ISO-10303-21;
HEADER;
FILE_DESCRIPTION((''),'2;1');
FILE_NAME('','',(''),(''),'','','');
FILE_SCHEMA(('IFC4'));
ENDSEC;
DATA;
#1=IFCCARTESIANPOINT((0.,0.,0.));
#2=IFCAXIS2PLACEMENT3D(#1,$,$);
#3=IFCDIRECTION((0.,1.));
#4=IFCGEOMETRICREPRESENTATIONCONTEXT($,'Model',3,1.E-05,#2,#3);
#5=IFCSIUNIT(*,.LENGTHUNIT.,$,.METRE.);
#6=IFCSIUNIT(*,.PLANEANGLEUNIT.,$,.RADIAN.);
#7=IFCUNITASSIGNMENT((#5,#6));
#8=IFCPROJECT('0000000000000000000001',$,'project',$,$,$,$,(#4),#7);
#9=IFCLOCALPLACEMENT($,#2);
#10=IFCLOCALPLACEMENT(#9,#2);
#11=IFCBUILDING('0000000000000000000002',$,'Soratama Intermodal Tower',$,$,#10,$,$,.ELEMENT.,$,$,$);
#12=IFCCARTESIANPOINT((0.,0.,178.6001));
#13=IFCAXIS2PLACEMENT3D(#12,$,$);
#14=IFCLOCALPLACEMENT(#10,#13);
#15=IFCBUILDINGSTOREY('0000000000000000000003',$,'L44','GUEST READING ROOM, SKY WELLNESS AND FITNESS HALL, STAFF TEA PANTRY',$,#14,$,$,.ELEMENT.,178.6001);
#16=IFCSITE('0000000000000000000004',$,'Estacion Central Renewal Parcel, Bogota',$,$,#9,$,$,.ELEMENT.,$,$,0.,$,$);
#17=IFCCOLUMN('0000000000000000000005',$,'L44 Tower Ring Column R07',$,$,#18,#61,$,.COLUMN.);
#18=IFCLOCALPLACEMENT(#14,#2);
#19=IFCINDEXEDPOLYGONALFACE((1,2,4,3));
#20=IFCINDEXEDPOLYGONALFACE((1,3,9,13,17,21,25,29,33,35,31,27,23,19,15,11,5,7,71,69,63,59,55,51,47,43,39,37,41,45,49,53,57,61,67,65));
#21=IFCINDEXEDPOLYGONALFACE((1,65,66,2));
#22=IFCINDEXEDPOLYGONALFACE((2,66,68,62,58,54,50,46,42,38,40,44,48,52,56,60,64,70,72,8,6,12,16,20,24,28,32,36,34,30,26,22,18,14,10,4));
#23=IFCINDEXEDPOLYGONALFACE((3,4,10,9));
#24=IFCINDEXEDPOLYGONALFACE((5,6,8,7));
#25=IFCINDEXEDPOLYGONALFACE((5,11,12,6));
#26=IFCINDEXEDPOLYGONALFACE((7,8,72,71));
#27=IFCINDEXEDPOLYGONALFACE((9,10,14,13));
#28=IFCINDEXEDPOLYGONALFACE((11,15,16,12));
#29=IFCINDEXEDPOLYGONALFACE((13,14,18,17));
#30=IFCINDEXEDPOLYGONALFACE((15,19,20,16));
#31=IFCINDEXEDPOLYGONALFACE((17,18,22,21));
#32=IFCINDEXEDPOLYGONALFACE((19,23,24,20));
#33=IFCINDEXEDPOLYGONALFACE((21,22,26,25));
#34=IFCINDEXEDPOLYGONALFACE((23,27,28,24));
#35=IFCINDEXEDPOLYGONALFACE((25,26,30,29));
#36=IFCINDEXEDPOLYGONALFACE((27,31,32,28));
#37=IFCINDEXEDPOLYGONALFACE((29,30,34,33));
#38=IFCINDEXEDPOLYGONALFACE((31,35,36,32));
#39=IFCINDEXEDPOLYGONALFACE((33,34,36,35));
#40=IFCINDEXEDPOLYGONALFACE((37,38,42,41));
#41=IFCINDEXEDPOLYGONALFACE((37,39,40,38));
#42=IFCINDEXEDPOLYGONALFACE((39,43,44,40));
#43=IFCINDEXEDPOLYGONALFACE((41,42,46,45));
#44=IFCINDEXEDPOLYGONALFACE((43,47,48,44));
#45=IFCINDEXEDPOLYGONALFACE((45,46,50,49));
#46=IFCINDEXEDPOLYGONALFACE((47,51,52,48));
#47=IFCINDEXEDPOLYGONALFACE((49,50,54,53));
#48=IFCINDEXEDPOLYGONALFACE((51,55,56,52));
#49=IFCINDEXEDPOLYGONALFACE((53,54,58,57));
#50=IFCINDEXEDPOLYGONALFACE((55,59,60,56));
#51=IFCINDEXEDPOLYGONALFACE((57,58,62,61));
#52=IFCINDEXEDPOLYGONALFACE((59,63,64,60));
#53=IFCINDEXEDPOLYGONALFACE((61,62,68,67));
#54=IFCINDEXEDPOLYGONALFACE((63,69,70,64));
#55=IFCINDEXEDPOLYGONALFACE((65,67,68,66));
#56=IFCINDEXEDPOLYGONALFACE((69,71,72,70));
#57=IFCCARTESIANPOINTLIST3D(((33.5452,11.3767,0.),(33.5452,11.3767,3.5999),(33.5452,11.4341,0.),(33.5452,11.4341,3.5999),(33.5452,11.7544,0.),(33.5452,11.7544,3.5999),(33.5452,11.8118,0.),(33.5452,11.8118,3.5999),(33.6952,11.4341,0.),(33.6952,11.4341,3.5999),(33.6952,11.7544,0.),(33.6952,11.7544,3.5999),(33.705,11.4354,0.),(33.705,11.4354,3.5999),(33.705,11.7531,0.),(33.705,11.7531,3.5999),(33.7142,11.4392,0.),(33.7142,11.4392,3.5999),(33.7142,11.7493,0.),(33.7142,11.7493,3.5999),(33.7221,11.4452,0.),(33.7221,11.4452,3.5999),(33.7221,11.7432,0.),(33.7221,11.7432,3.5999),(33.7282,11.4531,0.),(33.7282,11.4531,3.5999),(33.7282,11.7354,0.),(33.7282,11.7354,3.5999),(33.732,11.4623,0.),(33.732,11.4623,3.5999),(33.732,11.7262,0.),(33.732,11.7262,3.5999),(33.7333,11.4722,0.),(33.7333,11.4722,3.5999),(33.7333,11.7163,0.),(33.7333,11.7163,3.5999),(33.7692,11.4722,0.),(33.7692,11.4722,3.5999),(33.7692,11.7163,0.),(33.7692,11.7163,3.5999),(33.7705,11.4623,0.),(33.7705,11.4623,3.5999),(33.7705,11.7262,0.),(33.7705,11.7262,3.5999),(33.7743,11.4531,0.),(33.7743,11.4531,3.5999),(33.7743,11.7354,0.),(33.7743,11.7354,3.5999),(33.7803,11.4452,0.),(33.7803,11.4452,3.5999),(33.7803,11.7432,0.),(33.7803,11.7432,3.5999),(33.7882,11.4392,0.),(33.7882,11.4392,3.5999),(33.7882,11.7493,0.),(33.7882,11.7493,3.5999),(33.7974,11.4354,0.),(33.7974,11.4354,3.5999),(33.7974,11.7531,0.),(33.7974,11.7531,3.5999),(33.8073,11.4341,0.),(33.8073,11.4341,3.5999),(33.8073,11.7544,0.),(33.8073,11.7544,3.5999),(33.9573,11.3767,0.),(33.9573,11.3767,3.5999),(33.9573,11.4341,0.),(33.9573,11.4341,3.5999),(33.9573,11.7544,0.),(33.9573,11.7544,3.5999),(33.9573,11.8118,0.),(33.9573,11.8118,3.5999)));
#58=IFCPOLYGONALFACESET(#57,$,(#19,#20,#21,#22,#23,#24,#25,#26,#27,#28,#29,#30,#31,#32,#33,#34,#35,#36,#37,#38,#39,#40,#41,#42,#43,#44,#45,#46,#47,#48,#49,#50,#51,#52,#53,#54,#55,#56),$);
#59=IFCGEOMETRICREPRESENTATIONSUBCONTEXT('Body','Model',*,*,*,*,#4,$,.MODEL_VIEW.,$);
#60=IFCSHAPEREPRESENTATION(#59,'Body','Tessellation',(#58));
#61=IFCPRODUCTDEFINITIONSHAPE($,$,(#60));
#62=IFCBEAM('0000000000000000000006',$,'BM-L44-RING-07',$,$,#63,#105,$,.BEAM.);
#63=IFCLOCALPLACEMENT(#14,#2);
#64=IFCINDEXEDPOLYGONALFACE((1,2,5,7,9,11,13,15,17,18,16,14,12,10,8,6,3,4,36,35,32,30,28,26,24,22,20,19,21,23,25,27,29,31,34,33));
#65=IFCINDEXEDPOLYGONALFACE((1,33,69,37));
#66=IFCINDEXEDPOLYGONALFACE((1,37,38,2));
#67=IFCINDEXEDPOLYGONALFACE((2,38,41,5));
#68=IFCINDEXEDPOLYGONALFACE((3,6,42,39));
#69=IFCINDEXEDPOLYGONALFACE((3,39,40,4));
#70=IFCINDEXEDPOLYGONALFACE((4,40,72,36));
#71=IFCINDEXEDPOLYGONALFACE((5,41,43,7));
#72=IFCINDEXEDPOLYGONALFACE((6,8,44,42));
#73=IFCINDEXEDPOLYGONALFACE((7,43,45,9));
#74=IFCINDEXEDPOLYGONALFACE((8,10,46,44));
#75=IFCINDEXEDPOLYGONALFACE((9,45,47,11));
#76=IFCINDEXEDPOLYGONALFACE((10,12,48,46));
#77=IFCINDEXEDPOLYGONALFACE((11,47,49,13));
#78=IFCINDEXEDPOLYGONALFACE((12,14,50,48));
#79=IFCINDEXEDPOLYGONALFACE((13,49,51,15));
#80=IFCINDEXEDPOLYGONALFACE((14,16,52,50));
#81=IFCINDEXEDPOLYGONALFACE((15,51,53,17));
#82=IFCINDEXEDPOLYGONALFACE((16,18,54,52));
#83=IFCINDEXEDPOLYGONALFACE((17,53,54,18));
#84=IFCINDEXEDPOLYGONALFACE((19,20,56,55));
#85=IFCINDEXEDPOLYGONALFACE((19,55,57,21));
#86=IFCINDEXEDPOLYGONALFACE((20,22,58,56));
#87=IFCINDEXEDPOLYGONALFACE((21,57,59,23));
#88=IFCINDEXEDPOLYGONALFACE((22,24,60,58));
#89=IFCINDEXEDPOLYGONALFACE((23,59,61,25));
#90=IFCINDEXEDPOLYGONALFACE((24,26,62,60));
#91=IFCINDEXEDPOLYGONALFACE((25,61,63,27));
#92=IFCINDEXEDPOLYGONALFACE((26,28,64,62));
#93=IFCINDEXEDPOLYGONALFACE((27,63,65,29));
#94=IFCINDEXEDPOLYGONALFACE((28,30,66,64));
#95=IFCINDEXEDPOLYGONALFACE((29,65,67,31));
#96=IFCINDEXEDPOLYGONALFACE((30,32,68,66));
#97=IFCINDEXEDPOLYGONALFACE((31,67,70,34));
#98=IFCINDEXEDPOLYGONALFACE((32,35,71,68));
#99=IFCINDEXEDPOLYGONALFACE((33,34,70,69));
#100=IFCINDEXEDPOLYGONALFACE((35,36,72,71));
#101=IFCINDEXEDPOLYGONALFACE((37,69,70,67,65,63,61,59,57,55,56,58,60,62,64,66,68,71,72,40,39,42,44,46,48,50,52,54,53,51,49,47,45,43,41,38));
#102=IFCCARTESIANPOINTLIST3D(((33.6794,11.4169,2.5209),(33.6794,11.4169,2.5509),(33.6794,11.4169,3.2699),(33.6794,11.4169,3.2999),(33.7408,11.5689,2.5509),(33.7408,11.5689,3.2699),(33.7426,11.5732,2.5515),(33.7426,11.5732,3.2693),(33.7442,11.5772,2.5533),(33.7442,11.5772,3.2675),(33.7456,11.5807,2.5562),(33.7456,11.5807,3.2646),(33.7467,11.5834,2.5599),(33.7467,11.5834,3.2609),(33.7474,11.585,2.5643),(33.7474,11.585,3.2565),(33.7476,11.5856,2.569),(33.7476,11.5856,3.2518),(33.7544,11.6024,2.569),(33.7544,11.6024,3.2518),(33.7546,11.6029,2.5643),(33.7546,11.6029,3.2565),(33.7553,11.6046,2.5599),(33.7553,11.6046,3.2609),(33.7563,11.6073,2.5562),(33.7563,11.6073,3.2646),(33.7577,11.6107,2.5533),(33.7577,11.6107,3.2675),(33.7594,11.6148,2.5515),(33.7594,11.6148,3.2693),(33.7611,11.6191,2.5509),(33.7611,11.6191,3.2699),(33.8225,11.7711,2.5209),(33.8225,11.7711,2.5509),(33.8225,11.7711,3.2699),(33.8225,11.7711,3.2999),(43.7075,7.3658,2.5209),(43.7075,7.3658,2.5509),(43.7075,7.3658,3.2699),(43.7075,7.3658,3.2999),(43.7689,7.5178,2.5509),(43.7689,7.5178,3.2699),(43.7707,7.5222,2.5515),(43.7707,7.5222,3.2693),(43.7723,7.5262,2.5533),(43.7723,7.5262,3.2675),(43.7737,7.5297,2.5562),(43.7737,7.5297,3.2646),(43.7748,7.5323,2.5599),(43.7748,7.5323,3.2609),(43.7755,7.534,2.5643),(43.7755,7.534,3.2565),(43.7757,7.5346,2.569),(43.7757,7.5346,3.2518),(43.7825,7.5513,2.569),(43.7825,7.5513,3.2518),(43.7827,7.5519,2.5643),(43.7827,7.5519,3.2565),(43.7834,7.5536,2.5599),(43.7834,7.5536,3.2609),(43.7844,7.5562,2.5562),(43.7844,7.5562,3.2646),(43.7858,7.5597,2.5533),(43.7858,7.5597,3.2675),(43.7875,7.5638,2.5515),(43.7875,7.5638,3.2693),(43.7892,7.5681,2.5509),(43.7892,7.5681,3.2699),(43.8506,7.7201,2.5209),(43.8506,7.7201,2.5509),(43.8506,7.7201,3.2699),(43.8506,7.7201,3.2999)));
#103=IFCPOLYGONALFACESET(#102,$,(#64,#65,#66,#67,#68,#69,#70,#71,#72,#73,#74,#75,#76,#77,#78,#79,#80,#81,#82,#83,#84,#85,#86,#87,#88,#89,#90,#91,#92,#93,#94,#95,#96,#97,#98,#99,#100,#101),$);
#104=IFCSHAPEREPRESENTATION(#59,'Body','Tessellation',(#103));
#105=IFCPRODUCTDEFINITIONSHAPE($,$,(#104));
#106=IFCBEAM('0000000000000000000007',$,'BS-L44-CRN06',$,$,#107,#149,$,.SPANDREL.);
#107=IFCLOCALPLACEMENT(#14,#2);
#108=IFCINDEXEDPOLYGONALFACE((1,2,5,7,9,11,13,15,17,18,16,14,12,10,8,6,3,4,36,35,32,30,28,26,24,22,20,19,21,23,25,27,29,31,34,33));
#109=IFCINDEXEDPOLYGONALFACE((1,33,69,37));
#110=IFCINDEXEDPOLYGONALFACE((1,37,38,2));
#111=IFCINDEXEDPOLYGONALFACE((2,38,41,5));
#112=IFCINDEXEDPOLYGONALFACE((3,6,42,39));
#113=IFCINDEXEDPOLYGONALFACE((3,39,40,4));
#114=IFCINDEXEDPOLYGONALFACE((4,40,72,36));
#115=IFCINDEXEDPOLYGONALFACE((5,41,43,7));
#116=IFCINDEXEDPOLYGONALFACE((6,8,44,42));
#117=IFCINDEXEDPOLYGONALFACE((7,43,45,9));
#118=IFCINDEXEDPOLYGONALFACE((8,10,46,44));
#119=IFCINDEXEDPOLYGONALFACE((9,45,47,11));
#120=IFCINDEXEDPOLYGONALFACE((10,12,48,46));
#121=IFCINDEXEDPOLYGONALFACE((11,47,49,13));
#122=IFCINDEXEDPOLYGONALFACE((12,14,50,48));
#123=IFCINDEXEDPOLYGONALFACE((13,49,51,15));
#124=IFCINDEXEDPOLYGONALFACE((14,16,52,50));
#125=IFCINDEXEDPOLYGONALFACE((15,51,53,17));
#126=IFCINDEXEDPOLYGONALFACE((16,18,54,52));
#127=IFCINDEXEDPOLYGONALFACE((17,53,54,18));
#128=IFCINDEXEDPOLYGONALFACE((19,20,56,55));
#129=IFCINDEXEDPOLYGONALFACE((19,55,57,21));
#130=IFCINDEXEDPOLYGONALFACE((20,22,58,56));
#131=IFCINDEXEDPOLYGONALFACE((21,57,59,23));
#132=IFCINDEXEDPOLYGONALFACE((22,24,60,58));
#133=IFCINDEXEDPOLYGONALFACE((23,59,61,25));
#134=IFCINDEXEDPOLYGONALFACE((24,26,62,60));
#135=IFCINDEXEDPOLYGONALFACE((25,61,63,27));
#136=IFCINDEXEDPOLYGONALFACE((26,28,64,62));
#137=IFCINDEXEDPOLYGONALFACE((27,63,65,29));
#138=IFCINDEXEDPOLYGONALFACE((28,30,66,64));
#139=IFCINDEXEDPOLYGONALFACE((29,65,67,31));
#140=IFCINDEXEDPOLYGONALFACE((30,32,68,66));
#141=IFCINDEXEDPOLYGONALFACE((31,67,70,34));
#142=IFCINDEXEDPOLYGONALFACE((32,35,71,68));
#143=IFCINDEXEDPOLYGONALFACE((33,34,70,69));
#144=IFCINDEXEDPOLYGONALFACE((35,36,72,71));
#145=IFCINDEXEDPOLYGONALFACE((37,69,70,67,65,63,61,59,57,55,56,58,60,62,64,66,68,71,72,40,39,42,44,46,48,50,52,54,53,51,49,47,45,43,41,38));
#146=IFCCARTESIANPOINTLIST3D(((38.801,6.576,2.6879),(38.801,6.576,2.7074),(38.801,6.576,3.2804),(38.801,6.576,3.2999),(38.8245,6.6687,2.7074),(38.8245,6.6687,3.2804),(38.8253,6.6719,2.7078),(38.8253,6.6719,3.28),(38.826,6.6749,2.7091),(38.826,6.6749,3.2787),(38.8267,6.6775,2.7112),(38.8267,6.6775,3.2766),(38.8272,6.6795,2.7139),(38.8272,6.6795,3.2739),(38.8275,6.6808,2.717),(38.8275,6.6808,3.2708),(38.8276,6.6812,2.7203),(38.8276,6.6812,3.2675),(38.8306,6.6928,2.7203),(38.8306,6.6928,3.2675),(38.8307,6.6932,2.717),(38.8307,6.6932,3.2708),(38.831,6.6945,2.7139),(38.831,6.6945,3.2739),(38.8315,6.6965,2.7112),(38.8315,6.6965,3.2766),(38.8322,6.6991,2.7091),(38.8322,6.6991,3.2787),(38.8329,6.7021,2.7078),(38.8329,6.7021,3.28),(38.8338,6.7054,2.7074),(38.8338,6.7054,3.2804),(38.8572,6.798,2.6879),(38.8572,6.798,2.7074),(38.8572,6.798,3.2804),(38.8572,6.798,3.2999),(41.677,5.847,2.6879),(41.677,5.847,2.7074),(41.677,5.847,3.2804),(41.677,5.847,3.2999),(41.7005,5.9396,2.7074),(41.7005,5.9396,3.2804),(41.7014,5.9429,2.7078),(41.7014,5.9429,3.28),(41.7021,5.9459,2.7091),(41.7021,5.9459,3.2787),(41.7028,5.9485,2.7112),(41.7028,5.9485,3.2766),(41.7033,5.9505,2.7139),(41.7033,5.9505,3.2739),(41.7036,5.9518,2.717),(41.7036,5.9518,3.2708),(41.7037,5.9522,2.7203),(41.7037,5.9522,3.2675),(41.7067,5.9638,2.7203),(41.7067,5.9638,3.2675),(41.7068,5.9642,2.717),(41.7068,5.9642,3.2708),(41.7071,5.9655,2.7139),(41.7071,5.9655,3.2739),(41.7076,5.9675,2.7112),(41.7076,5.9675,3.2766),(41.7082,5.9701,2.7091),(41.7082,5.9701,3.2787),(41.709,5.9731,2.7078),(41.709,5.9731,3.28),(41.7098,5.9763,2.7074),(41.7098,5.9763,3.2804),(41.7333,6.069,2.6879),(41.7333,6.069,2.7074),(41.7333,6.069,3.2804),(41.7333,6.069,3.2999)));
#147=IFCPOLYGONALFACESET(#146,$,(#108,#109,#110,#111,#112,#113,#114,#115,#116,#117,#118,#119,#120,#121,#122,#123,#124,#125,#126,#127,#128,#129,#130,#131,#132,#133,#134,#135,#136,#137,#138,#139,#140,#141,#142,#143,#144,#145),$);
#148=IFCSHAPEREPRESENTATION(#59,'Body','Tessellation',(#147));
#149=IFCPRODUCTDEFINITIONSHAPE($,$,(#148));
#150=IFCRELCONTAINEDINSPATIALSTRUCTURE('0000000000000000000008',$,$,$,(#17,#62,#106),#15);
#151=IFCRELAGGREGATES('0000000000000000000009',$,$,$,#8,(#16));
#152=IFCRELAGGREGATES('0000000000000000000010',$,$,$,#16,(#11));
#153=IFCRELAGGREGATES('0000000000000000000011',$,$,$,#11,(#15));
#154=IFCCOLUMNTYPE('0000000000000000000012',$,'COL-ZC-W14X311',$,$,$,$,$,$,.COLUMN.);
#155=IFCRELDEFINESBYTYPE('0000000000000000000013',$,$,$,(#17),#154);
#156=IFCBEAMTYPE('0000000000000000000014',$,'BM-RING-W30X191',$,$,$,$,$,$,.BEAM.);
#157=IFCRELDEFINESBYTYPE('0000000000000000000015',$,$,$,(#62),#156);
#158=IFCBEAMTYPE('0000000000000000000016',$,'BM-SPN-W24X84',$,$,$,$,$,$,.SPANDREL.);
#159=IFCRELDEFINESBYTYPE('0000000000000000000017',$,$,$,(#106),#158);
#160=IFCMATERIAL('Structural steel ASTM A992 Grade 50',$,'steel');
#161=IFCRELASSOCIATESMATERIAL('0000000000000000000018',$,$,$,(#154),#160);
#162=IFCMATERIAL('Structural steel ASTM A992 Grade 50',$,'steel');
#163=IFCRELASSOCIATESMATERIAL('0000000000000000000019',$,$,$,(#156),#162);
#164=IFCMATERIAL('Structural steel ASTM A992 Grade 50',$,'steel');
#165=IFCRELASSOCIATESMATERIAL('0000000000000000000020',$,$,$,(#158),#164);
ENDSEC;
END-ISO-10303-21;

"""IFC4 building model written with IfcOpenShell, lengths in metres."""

from ifc_helpers import new_model, si_unit, direction, frame, origin, origin_2d, place, context, subcontext, project, spatial, i_section, extrude, material, material_profile, profile_set, type_object, element, save


model = new_model("IFC4")

# Units and contexts
model_context = context("Model", 3, precision=1e-05, world=origin(), true_north=direction((0.0, 1.0)))
body_context = subcontext(model_context, "Body", "Model", "MODEL_VIEW")
ifc_project = project(units=[si_unit("LENGTHUNIT", "METRE"), si_unit("PLANEANGLEUNIT", "RADIAN")], contexts=[model_context])

# Site, building, storey
site_placement = place(None, origin())
site = spatial("IfcSite", under=ifc_project, at=site_placement, Name="Estacion Central Renewal Parcel, Bogota", CompositionType="ELEMENT", RefElevation=0.0)
building_placement = place(site_placement, origin())
building = spatial("IfcBuilding", under=site, at=building_placement, Name="Soratama Intermodal Tower", CompositionType="ELEMENT")
storey_placement = place(building_placement, frame((0.0, 0.0, 178.6001)))
storey = spatial("IfcBuildingStorey", under=building, at=storey_placement, Name="L44", Description="GUEST READING ROOM, SKY WELLNESS AND FITNESS HALL, STAFF TEA PANTRY", CompositionType="ELEMENT", Elevation=178.6001)

# Column
ifc_material_1 = material(Name="Structural steel ASTM A992 Grade 50", Category="steel")
ifc_material_profile_1 = material_profile(ifc_material_1, i_section(OverallWidth=0.4121, OverallDepth=0.4351, WebThickness=0.0359, FlangeThickness=0.0574, FilletRadius=0.0381, at=origin_2d()), Name="W14X311")
ifc_profile_set_1 = profile_set([ifc_material_profile_1], Name="Structural steel ASTM A992 Grade 50")
column_type = type_object("IfcColumnType", Name="COL-ZC-W14X311", PredefinedType="COLUMN", material=ifc_profile_set_1)
column_placement = place(storey_placement, frame((33.7512, 11.5942, 0.0), z_axis=(0.0, 0.0, 1.0), x_axis=(1.0, 0.0, 0.0)))
element("IfcColumn", 1, at=column_placement, inside=storey, type_object=column_type, Name="L44 Tower Ring Column R07", PredefinedType="COLUMN", context=body_context, shape_type="SweptSolid", body=[
    extrude(i_section(OverallWidth=0.4121, OverallDepth=0.4351, WebThickness=0.0359, FlangeThickness=0.0574, FilletRadius=0.0381, at=origin_2d()), origin(), (0.0, 0.0, 1.0), 3.5999),
])

# Beams
ifc_material_2 = material(Name="Structural steel ASTM A992 Grade 50", Category="steel")
ifc_material_profile_2 = material_profile(ifc_material_2, i_section(OverallWidth=0.3821, OverallDepth=0.7791, WebThickness=0.0181, FlangeThickness=0.03, FilletRadius=0.0181, at=origin_2d()), Name="W30X191")
ifc_profile_set_2 = profile_set([ifc_material_profile_2], Name="Structural steel ASTM A992 Grade 50")
beam_type_1 = type_object("IfcBeamType", Name="BM-RING-W30X191", PredefinedType="BEAM", material=ifc_profile_set_2)
beam_1_placement = place(storey_placement, frame((33.751, 11.594, 2.9104), z_axis=(0.927202, -0.37456, 0.0), x_axis=(0.37456, 0.927202, 0.0)))
element("IfcBeam", 2, at=beam_1_placement, inside=storey, type_object=beam_type_1, Name="BM-L44-RING-07", PredefinedType="BEAM", context=body_context, shape_type="SweptSolid", body=[
    extrude(i_section(OverallWidth=0.3821, OverallDepth=0.7791, WebThickness=0.0181, FlangeThickness=0.03, FilletRadius=0.0181, at=origin_2d()), origin(), (0.0, 0.0, 1.0), 10.8154),
])
ifc_material_3 = material(Name="Structural steel ASTM A992 Grade 50", Category="steel")
ifc_material_profile_3 = material_profile(ifc_material_3, i_section(OverallWidth=0.229, OverallDepth=0.6121, WebThickness=0.012, FlangeThickness=0.0195, FilletRadius=0.0129, at=origin_2d()), Name="W24X84")
ifc_profile_set_3 = profile_set([ifc_material_profile_3], Name="Structural steel ASTM A992 Grade 50")
beam_type_2 = type_object("IfcBeamType", Name="BM-SPN-W24X84", PredefinedType="SPANDREL", material=ifc_profile_set_3)
beam_2_placement = place(storey_placement, frame((38.8291, 6.687, 2.9939), z_axis=(0.969343, -0.24571, 0.0), x_axis=(0.24571, 0.969343, 0.0)))
element("IfcBeam", 3, at=beam_2_placement, inside=storey, type_object=beam_type_2, Name="BS-L44-CRN06", PredefinedType="SPANDREL", context=body_context, shape_type="SweptSolid", body=[
    extrude(i_section(OverallWidth=0.229, OverallDepth=0.6121, WebThickness=0.012, FlangeThickness=0.0195, FilletRadius=0.0129, at=origin_2d()), origin(), (0.0, 0.0, 1.0), 2.967),
])

save(model, "model.ifc")
